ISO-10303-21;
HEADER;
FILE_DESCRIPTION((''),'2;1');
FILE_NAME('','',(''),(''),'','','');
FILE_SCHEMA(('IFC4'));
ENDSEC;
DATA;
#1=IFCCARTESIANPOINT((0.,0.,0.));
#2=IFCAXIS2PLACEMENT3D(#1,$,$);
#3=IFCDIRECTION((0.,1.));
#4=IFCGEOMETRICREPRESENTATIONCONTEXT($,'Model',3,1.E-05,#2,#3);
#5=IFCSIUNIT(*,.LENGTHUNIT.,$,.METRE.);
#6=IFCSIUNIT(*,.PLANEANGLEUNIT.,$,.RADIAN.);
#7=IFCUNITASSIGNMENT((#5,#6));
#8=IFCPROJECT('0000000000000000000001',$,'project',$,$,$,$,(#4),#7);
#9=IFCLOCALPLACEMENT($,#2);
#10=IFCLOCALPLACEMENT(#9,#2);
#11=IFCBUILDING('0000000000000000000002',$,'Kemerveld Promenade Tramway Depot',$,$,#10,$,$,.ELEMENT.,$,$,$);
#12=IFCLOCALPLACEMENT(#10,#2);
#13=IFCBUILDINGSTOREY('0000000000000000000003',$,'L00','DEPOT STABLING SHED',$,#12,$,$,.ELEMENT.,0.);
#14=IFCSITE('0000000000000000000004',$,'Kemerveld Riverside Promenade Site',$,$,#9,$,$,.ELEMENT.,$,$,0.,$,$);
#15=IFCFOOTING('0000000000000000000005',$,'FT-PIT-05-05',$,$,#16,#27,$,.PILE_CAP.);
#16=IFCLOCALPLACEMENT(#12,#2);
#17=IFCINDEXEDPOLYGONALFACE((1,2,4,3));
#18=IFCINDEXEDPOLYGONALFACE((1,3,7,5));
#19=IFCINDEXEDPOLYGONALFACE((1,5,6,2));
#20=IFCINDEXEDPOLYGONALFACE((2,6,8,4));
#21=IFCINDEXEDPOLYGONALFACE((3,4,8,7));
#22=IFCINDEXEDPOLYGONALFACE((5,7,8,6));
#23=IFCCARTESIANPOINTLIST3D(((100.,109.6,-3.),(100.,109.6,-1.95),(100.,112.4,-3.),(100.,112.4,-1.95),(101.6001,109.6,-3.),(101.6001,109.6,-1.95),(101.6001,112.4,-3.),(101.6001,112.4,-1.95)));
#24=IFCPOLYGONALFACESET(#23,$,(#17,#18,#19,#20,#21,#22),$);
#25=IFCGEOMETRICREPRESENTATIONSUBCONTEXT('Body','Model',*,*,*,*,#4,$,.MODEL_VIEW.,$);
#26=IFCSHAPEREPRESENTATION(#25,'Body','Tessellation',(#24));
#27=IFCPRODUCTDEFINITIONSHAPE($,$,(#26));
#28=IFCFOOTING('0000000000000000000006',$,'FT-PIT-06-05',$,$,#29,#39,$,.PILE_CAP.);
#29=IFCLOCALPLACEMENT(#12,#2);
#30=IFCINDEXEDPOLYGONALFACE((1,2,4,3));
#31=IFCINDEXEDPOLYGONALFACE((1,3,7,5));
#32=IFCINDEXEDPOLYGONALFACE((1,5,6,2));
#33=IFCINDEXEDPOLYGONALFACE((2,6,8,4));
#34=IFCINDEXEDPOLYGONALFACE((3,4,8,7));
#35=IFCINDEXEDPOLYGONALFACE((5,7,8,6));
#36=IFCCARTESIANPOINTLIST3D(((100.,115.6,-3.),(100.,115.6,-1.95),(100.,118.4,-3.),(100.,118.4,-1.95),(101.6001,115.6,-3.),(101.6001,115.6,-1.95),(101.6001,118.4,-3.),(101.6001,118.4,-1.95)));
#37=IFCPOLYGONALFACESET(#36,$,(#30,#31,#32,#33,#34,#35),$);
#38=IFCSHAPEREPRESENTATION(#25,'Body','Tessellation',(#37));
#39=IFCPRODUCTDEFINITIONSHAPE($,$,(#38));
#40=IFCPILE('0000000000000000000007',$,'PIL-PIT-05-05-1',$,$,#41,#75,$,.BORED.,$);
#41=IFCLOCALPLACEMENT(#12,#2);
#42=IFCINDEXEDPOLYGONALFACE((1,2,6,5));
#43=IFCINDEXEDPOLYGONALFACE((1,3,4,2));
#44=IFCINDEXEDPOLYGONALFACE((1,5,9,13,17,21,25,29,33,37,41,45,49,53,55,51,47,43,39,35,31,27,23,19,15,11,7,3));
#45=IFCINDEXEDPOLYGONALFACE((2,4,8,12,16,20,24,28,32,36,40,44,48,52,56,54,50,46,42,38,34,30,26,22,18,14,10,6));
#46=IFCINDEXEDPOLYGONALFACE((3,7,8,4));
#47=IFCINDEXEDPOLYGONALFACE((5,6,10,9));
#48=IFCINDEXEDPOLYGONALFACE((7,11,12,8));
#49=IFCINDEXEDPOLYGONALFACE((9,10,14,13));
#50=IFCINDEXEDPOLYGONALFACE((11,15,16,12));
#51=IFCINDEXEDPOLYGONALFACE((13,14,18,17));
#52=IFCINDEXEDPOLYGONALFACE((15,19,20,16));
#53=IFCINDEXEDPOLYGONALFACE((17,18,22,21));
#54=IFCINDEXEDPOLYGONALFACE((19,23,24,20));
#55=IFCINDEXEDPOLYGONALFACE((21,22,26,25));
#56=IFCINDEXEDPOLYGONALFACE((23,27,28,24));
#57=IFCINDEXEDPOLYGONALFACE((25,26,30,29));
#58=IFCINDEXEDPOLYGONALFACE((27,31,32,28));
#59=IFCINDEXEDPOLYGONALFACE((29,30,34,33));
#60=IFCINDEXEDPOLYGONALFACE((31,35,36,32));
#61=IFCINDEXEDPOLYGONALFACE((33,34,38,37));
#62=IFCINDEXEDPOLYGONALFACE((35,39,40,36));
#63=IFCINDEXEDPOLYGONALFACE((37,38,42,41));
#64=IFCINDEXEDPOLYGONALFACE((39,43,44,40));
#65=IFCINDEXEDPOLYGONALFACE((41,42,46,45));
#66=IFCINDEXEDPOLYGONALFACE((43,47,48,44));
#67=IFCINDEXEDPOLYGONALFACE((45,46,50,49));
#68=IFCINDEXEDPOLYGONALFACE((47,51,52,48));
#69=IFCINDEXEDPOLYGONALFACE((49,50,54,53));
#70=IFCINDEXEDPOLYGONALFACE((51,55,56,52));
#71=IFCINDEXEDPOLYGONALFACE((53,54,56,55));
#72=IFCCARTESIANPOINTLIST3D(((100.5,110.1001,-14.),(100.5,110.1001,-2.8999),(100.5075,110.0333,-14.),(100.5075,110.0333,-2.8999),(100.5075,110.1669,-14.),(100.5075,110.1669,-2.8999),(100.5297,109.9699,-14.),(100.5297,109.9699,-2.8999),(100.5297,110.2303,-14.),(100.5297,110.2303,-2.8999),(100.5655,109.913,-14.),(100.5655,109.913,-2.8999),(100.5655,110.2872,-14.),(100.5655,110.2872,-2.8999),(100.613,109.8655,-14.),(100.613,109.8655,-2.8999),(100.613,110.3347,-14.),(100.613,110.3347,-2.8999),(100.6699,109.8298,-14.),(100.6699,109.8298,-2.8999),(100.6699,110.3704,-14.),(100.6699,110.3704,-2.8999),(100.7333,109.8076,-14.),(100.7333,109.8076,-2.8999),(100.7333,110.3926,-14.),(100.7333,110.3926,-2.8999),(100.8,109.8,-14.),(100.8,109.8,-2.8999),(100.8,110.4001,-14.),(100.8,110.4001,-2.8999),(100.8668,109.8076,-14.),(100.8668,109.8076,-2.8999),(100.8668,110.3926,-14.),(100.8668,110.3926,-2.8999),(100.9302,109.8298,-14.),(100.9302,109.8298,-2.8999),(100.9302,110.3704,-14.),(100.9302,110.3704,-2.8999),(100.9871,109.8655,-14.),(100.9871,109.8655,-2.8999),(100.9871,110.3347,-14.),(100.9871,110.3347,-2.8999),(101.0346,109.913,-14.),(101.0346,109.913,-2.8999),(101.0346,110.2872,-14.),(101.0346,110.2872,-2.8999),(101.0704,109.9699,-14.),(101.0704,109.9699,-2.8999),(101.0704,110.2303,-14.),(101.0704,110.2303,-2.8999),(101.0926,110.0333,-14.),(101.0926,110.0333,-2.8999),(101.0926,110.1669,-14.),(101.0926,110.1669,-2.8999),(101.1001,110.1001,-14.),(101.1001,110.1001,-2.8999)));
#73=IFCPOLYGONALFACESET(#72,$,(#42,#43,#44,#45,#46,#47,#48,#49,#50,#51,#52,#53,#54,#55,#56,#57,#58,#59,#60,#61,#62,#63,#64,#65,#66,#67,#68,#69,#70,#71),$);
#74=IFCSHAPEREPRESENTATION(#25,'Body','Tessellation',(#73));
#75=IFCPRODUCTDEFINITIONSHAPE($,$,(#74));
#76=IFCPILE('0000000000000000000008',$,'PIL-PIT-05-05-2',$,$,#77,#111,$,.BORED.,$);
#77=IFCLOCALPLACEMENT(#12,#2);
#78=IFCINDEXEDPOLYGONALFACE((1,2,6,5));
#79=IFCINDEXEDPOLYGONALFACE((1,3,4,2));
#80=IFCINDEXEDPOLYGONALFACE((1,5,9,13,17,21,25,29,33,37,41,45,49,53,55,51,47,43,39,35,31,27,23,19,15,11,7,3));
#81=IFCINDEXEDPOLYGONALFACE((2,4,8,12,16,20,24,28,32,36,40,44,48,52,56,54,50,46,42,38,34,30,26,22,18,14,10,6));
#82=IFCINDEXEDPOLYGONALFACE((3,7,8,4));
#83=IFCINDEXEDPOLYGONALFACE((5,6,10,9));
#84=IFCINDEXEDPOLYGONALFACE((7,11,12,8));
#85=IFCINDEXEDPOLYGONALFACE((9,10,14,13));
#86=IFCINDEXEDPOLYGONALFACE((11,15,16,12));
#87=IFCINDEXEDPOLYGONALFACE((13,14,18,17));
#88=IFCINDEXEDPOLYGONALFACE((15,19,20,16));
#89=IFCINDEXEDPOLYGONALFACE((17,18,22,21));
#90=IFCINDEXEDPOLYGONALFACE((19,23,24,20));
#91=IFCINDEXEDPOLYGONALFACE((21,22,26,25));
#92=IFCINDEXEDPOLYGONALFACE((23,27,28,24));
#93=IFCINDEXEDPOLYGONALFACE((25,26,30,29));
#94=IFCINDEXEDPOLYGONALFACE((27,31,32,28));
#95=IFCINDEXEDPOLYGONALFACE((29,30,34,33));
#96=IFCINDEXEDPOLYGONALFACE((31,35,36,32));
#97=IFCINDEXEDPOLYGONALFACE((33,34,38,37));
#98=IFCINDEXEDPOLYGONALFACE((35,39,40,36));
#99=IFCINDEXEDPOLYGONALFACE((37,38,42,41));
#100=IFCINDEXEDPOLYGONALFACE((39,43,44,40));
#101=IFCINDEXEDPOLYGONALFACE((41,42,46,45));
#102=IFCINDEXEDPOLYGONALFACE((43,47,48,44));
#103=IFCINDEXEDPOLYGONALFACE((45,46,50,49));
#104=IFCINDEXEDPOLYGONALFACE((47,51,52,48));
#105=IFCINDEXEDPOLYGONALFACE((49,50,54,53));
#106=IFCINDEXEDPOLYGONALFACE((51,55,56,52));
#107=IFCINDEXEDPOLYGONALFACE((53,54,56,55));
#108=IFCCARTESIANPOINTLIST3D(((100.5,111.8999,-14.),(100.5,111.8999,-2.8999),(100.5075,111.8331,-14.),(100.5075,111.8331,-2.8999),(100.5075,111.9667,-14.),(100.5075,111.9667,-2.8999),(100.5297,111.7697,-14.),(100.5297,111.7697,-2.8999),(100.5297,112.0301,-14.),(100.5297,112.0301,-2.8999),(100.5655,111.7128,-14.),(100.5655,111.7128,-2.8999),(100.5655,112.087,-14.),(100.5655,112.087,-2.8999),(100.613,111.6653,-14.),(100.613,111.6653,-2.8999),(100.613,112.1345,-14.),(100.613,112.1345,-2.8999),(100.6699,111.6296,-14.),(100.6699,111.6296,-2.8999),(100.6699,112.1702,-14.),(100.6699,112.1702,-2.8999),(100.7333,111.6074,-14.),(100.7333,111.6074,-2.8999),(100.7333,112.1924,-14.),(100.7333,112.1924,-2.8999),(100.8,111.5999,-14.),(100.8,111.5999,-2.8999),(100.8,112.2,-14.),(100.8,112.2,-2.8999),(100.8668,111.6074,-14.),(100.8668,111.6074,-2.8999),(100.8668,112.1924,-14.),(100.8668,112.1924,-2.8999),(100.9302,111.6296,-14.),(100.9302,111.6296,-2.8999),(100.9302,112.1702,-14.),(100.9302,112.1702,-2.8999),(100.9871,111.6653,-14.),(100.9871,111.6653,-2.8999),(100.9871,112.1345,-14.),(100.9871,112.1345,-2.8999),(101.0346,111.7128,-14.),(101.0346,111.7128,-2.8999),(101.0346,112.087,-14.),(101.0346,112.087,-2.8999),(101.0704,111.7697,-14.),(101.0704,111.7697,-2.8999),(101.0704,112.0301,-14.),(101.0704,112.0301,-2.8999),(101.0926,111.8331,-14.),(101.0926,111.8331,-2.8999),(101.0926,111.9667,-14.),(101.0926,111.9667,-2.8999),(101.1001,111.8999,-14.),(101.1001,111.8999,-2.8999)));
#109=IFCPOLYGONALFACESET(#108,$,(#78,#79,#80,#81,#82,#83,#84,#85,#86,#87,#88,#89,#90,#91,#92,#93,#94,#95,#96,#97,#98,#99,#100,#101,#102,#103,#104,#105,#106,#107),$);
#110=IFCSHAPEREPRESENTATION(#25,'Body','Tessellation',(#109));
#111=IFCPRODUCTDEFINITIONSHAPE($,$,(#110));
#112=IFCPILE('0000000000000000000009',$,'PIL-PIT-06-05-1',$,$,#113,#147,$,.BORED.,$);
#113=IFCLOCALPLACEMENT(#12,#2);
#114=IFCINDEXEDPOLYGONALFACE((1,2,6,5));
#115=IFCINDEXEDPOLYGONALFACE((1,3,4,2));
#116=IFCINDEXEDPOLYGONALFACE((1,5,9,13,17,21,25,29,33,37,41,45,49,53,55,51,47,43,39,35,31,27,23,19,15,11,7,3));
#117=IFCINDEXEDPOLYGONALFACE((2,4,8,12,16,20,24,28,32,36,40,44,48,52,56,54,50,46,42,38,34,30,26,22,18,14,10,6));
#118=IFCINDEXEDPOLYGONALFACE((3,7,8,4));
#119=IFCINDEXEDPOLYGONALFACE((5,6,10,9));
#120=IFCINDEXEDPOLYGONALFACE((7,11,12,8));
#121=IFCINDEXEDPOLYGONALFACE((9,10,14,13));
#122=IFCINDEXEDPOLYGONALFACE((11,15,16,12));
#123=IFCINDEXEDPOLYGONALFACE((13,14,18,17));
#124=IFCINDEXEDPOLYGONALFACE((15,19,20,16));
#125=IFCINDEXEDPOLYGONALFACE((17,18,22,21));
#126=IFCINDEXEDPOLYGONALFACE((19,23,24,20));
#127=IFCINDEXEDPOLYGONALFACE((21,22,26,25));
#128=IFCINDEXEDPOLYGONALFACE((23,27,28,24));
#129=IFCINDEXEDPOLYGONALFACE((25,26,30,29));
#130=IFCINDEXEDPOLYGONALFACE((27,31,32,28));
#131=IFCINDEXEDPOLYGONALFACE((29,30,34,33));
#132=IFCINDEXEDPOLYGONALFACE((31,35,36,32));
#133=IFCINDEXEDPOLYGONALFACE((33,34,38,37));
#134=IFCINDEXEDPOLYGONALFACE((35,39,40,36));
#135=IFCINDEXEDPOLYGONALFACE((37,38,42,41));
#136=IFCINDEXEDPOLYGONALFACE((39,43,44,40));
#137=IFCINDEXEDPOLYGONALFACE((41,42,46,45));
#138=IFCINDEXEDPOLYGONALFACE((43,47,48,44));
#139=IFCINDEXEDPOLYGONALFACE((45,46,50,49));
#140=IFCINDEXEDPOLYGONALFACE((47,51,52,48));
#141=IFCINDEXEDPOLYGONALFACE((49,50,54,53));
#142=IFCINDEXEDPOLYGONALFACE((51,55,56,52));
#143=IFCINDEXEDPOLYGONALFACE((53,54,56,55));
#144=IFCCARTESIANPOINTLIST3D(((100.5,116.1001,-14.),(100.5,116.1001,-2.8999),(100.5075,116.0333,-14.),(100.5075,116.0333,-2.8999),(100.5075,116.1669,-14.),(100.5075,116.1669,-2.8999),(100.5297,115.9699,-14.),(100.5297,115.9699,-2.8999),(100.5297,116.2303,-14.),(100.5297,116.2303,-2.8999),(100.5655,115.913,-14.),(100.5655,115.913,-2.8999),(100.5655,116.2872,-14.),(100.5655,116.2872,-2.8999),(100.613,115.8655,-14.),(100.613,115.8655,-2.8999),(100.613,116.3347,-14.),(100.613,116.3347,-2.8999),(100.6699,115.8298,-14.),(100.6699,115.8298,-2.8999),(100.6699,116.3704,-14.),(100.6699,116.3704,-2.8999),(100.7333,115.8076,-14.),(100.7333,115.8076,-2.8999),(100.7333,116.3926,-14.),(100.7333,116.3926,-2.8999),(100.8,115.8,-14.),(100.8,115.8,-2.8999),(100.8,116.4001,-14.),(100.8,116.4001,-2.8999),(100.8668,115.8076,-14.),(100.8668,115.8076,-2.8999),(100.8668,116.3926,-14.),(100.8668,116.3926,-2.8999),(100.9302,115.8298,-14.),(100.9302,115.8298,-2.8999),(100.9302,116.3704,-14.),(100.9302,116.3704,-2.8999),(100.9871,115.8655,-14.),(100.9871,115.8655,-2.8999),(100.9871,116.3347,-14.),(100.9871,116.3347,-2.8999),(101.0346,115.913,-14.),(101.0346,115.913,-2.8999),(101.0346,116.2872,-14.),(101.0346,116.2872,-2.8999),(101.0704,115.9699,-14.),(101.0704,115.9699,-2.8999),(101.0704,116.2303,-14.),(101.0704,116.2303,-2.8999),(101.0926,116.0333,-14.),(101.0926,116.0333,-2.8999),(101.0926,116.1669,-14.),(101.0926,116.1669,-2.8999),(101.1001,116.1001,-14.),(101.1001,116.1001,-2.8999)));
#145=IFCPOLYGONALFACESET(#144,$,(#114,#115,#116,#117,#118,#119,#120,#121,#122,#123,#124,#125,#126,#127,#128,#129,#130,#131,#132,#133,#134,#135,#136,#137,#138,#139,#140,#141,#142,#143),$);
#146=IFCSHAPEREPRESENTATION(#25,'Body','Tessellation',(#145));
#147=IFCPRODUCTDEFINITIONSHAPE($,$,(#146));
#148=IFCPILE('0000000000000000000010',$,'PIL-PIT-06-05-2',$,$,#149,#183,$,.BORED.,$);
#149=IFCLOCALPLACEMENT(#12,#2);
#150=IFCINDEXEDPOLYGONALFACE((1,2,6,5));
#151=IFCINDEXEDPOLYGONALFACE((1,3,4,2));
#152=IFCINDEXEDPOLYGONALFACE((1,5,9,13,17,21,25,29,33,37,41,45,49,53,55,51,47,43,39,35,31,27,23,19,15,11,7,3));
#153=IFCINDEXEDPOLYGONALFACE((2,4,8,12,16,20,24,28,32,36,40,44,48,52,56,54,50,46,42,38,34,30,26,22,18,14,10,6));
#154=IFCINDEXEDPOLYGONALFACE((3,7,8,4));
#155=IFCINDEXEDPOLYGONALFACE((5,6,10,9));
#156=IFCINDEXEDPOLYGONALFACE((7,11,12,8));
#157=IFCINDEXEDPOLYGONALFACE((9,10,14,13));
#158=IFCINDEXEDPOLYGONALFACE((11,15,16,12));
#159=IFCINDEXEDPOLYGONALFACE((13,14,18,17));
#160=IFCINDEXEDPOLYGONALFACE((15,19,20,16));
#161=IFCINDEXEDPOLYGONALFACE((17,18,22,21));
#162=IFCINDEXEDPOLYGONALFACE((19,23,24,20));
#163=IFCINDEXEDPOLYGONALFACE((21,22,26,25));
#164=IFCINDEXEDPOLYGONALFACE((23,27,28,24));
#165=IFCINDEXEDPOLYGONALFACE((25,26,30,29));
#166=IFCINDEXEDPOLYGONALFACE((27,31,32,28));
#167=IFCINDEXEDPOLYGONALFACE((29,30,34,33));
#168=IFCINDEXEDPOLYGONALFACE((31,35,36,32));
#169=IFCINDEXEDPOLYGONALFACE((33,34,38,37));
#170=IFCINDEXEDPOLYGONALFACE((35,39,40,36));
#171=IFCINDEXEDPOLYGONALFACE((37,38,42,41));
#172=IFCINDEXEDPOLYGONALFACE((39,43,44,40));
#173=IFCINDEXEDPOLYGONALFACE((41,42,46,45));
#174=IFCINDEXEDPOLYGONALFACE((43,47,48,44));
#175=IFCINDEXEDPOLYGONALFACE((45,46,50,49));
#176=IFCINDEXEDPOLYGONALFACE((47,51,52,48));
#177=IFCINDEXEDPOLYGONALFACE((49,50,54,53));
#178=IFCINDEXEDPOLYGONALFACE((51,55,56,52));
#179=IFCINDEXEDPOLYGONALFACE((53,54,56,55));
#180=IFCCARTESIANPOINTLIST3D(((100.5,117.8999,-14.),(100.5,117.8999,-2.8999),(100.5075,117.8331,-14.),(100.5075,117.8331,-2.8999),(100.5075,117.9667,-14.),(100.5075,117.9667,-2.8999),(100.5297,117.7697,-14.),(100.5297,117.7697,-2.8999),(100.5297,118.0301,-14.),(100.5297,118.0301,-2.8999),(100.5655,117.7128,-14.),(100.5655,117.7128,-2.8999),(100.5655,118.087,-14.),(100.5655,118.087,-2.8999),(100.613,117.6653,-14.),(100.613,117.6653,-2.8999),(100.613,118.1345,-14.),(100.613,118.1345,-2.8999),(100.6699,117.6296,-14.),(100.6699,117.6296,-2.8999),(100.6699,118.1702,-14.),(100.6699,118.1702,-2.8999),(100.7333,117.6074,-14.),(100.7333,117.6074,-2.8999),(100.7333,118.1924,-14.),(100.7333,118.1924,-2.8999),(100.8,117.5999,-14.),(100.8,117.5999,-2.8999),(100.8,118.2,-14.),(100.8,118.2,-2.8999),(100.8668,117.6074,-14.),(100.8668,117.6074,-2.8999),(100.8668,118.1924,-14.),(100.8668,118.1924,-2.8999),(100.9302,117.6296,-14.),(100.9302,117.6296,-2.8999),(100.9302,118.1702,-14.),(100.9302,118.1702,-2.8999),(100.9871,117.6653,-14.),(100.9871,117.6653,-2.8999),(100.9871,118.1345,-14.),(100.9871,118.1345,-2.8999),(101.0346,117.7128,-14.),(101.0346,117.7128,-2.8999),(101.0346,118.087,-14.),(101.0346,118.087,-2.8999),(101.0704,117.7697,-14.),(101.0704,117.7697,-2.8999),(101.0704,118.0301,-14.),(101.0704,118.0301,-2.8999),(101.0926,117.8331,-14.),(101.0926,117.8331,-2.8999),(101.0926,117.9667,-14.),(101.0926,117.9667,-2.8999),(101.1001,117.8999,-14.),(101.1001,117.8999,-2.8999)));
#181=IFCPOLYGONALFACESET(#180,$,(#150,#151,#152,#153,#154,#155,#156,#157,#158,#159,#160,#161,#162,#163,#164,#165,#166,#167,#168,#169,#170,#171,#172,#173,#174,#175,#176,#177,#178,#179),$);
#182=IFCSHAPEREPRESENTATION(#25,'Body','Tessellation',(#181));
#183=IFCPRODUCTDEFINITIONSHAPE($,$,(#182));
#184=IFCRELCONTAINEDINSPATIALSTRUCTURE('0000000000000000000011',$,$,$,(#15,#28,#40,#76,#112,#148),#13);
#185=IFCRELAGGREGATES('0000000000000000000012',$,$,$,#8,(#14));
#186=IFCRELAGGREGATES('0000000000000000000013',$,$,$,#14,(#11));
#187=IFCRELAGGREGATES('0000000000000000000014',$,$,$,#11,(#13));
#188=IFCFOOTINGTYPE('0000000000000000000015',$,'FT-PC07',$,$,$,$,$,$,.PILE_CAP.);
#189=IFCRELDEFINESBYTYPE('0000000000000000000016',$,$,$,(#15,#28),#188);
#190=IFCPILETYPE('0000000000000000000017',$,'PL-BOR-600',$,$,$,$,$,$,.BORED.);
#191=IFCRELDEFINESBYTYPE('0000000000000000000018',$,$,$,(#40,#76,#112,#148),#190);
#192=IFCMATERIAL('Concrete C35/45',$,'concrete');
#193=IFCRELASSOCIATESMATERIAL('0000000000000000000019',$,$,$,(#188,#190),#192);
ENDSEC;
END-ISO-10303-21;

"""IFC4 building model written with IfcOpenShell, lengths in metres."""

from ifc_helpers import new_model, si_unit, direction, frame, origin, origin_2d, place, context, subcontext, project, spatial, rectangle, circle, extrude, material, material_profile, profile_set, type_object, element, save


model = new_model("IFC4")

# Units and contexts
model_context = context("Model", 3, precision=1e-05, world=origin(), true_north=direction((0.0, 1.0)))
body_context = subcontext(model_context, "Body", "Model", "MODEL_VIEW")
ifc_project = project(units=[si_unit("LENGTHUNIT", "METRE"), si_unit("PLANEANGLEUNIT", "RADIAN")], contexts=[model_context])

# Site, building, storey
site_placement = place(None, origin())
site = spatial("IfcSite", under=ifc_project, at=site_placement, Name="Kemerveld Riverside Promenade Site", CompositionType="ELEMENT", RefElevation=0.0)
building_placement = place(site_placement, origin())
building = spatial("IfcBuilding", under=site, at=building_placement, Name="Kemerveld Promenade Tramway Depot", CompositionType="ELEMENT")
storey_placement = place(building_placement, origin())
storey = spatial("IfcBuildingStorey", under=building, at=storey_placement, Name="L00", Description="DEPOT STABLING SHED", CompositionType="ELEMENT", Elevation=0.0)

# Footings
ifc_material_1 = material(Name="Concrete C35/45", Category="concrete")
footing_type = type_object("IfcFootingType", Name="FT-PC07", PredefinedType="PILE_CAP", material=ifc_material_1)
for number, where, z_axis, x_axis, name in (
    (1, (100.8, 111.0, -3.0), (0.0, 0.0, 1.0), (1.0, 0.0, 0.0), "FT-PIT-05-05"),
    (2, (100.8, 117.0, -3.0), (0.0, 0.0, 1.0), (1.0, 0.0, 0.0), "FT-PIT-06-05"),
):
    element("IfcFooting", number, at=place(storey_placement, frame(where, z_axis=z_axis, x_axis=x_axis)), inside=storey, type_object=footing_type, Name=name, PredefinedType="PILE_CAP", context=body_context, shape_type="SweptSolid", body=[
        extrude(rectangle(XDim=1.6001, YDim=2.8, at=origin_2d()), origin(), (0.0, 0.0, 1.0), 1.05),
    ])

# Piles
ifc_material_profile_1 = material_profile(ifc_material_1, circle(Radius=0.3, at=origin_2d()), Name="PILE-D600")
ifc_profile_set_1 = profile_set([ifc_material_profile_1], Name="Concrete C35/45")
pile_type = type_object("IfcPileType", Name="PL-BOR-600", PredefinedType="BORED", material=ifc_profile_set_1)
for number, where, z_axis, x_axis, name in (
    (3, (100.8, 110.1001, -2.8999), (0.0, 0.0, -1.0), (1.0, 0.0, 0.0), "PIL-PIT-05-05-1"),
    (4, (100.8, 111.8999, -2.8999), (0.0, 0.0, -1.0), (1.0, 0.0, 0.0), "PIL-PIT-05-05-2"),
    (5, (100.8, 116.1001, -2.8999), (0.0, 0.0, -1.0), (1.0, 0.0, 0.0), "PIL-PIT-06-05-1"),
    (6, (100.8, 117.8999, -2.8999), (0.0, 0.0, -1.0), (1.0, 0.0, 0.0), "PIL-PIT-06-05-2"),
):
    element("IfcPile", number, at=place(storey_placement, frame(where, z_axis=z_axis, x_axis=x_axis)), inside=storey, type_object=pile_type, Name=name, PredefinedType="BORED", context=body_context, shape_type="SweptSolid", body=[
        extrude(circle(Radius=0.3, at=origin_2d()), origin(), (0.0, 0.0, 1.0), 11.1001),
    ])

save(model, "model.ifc")
